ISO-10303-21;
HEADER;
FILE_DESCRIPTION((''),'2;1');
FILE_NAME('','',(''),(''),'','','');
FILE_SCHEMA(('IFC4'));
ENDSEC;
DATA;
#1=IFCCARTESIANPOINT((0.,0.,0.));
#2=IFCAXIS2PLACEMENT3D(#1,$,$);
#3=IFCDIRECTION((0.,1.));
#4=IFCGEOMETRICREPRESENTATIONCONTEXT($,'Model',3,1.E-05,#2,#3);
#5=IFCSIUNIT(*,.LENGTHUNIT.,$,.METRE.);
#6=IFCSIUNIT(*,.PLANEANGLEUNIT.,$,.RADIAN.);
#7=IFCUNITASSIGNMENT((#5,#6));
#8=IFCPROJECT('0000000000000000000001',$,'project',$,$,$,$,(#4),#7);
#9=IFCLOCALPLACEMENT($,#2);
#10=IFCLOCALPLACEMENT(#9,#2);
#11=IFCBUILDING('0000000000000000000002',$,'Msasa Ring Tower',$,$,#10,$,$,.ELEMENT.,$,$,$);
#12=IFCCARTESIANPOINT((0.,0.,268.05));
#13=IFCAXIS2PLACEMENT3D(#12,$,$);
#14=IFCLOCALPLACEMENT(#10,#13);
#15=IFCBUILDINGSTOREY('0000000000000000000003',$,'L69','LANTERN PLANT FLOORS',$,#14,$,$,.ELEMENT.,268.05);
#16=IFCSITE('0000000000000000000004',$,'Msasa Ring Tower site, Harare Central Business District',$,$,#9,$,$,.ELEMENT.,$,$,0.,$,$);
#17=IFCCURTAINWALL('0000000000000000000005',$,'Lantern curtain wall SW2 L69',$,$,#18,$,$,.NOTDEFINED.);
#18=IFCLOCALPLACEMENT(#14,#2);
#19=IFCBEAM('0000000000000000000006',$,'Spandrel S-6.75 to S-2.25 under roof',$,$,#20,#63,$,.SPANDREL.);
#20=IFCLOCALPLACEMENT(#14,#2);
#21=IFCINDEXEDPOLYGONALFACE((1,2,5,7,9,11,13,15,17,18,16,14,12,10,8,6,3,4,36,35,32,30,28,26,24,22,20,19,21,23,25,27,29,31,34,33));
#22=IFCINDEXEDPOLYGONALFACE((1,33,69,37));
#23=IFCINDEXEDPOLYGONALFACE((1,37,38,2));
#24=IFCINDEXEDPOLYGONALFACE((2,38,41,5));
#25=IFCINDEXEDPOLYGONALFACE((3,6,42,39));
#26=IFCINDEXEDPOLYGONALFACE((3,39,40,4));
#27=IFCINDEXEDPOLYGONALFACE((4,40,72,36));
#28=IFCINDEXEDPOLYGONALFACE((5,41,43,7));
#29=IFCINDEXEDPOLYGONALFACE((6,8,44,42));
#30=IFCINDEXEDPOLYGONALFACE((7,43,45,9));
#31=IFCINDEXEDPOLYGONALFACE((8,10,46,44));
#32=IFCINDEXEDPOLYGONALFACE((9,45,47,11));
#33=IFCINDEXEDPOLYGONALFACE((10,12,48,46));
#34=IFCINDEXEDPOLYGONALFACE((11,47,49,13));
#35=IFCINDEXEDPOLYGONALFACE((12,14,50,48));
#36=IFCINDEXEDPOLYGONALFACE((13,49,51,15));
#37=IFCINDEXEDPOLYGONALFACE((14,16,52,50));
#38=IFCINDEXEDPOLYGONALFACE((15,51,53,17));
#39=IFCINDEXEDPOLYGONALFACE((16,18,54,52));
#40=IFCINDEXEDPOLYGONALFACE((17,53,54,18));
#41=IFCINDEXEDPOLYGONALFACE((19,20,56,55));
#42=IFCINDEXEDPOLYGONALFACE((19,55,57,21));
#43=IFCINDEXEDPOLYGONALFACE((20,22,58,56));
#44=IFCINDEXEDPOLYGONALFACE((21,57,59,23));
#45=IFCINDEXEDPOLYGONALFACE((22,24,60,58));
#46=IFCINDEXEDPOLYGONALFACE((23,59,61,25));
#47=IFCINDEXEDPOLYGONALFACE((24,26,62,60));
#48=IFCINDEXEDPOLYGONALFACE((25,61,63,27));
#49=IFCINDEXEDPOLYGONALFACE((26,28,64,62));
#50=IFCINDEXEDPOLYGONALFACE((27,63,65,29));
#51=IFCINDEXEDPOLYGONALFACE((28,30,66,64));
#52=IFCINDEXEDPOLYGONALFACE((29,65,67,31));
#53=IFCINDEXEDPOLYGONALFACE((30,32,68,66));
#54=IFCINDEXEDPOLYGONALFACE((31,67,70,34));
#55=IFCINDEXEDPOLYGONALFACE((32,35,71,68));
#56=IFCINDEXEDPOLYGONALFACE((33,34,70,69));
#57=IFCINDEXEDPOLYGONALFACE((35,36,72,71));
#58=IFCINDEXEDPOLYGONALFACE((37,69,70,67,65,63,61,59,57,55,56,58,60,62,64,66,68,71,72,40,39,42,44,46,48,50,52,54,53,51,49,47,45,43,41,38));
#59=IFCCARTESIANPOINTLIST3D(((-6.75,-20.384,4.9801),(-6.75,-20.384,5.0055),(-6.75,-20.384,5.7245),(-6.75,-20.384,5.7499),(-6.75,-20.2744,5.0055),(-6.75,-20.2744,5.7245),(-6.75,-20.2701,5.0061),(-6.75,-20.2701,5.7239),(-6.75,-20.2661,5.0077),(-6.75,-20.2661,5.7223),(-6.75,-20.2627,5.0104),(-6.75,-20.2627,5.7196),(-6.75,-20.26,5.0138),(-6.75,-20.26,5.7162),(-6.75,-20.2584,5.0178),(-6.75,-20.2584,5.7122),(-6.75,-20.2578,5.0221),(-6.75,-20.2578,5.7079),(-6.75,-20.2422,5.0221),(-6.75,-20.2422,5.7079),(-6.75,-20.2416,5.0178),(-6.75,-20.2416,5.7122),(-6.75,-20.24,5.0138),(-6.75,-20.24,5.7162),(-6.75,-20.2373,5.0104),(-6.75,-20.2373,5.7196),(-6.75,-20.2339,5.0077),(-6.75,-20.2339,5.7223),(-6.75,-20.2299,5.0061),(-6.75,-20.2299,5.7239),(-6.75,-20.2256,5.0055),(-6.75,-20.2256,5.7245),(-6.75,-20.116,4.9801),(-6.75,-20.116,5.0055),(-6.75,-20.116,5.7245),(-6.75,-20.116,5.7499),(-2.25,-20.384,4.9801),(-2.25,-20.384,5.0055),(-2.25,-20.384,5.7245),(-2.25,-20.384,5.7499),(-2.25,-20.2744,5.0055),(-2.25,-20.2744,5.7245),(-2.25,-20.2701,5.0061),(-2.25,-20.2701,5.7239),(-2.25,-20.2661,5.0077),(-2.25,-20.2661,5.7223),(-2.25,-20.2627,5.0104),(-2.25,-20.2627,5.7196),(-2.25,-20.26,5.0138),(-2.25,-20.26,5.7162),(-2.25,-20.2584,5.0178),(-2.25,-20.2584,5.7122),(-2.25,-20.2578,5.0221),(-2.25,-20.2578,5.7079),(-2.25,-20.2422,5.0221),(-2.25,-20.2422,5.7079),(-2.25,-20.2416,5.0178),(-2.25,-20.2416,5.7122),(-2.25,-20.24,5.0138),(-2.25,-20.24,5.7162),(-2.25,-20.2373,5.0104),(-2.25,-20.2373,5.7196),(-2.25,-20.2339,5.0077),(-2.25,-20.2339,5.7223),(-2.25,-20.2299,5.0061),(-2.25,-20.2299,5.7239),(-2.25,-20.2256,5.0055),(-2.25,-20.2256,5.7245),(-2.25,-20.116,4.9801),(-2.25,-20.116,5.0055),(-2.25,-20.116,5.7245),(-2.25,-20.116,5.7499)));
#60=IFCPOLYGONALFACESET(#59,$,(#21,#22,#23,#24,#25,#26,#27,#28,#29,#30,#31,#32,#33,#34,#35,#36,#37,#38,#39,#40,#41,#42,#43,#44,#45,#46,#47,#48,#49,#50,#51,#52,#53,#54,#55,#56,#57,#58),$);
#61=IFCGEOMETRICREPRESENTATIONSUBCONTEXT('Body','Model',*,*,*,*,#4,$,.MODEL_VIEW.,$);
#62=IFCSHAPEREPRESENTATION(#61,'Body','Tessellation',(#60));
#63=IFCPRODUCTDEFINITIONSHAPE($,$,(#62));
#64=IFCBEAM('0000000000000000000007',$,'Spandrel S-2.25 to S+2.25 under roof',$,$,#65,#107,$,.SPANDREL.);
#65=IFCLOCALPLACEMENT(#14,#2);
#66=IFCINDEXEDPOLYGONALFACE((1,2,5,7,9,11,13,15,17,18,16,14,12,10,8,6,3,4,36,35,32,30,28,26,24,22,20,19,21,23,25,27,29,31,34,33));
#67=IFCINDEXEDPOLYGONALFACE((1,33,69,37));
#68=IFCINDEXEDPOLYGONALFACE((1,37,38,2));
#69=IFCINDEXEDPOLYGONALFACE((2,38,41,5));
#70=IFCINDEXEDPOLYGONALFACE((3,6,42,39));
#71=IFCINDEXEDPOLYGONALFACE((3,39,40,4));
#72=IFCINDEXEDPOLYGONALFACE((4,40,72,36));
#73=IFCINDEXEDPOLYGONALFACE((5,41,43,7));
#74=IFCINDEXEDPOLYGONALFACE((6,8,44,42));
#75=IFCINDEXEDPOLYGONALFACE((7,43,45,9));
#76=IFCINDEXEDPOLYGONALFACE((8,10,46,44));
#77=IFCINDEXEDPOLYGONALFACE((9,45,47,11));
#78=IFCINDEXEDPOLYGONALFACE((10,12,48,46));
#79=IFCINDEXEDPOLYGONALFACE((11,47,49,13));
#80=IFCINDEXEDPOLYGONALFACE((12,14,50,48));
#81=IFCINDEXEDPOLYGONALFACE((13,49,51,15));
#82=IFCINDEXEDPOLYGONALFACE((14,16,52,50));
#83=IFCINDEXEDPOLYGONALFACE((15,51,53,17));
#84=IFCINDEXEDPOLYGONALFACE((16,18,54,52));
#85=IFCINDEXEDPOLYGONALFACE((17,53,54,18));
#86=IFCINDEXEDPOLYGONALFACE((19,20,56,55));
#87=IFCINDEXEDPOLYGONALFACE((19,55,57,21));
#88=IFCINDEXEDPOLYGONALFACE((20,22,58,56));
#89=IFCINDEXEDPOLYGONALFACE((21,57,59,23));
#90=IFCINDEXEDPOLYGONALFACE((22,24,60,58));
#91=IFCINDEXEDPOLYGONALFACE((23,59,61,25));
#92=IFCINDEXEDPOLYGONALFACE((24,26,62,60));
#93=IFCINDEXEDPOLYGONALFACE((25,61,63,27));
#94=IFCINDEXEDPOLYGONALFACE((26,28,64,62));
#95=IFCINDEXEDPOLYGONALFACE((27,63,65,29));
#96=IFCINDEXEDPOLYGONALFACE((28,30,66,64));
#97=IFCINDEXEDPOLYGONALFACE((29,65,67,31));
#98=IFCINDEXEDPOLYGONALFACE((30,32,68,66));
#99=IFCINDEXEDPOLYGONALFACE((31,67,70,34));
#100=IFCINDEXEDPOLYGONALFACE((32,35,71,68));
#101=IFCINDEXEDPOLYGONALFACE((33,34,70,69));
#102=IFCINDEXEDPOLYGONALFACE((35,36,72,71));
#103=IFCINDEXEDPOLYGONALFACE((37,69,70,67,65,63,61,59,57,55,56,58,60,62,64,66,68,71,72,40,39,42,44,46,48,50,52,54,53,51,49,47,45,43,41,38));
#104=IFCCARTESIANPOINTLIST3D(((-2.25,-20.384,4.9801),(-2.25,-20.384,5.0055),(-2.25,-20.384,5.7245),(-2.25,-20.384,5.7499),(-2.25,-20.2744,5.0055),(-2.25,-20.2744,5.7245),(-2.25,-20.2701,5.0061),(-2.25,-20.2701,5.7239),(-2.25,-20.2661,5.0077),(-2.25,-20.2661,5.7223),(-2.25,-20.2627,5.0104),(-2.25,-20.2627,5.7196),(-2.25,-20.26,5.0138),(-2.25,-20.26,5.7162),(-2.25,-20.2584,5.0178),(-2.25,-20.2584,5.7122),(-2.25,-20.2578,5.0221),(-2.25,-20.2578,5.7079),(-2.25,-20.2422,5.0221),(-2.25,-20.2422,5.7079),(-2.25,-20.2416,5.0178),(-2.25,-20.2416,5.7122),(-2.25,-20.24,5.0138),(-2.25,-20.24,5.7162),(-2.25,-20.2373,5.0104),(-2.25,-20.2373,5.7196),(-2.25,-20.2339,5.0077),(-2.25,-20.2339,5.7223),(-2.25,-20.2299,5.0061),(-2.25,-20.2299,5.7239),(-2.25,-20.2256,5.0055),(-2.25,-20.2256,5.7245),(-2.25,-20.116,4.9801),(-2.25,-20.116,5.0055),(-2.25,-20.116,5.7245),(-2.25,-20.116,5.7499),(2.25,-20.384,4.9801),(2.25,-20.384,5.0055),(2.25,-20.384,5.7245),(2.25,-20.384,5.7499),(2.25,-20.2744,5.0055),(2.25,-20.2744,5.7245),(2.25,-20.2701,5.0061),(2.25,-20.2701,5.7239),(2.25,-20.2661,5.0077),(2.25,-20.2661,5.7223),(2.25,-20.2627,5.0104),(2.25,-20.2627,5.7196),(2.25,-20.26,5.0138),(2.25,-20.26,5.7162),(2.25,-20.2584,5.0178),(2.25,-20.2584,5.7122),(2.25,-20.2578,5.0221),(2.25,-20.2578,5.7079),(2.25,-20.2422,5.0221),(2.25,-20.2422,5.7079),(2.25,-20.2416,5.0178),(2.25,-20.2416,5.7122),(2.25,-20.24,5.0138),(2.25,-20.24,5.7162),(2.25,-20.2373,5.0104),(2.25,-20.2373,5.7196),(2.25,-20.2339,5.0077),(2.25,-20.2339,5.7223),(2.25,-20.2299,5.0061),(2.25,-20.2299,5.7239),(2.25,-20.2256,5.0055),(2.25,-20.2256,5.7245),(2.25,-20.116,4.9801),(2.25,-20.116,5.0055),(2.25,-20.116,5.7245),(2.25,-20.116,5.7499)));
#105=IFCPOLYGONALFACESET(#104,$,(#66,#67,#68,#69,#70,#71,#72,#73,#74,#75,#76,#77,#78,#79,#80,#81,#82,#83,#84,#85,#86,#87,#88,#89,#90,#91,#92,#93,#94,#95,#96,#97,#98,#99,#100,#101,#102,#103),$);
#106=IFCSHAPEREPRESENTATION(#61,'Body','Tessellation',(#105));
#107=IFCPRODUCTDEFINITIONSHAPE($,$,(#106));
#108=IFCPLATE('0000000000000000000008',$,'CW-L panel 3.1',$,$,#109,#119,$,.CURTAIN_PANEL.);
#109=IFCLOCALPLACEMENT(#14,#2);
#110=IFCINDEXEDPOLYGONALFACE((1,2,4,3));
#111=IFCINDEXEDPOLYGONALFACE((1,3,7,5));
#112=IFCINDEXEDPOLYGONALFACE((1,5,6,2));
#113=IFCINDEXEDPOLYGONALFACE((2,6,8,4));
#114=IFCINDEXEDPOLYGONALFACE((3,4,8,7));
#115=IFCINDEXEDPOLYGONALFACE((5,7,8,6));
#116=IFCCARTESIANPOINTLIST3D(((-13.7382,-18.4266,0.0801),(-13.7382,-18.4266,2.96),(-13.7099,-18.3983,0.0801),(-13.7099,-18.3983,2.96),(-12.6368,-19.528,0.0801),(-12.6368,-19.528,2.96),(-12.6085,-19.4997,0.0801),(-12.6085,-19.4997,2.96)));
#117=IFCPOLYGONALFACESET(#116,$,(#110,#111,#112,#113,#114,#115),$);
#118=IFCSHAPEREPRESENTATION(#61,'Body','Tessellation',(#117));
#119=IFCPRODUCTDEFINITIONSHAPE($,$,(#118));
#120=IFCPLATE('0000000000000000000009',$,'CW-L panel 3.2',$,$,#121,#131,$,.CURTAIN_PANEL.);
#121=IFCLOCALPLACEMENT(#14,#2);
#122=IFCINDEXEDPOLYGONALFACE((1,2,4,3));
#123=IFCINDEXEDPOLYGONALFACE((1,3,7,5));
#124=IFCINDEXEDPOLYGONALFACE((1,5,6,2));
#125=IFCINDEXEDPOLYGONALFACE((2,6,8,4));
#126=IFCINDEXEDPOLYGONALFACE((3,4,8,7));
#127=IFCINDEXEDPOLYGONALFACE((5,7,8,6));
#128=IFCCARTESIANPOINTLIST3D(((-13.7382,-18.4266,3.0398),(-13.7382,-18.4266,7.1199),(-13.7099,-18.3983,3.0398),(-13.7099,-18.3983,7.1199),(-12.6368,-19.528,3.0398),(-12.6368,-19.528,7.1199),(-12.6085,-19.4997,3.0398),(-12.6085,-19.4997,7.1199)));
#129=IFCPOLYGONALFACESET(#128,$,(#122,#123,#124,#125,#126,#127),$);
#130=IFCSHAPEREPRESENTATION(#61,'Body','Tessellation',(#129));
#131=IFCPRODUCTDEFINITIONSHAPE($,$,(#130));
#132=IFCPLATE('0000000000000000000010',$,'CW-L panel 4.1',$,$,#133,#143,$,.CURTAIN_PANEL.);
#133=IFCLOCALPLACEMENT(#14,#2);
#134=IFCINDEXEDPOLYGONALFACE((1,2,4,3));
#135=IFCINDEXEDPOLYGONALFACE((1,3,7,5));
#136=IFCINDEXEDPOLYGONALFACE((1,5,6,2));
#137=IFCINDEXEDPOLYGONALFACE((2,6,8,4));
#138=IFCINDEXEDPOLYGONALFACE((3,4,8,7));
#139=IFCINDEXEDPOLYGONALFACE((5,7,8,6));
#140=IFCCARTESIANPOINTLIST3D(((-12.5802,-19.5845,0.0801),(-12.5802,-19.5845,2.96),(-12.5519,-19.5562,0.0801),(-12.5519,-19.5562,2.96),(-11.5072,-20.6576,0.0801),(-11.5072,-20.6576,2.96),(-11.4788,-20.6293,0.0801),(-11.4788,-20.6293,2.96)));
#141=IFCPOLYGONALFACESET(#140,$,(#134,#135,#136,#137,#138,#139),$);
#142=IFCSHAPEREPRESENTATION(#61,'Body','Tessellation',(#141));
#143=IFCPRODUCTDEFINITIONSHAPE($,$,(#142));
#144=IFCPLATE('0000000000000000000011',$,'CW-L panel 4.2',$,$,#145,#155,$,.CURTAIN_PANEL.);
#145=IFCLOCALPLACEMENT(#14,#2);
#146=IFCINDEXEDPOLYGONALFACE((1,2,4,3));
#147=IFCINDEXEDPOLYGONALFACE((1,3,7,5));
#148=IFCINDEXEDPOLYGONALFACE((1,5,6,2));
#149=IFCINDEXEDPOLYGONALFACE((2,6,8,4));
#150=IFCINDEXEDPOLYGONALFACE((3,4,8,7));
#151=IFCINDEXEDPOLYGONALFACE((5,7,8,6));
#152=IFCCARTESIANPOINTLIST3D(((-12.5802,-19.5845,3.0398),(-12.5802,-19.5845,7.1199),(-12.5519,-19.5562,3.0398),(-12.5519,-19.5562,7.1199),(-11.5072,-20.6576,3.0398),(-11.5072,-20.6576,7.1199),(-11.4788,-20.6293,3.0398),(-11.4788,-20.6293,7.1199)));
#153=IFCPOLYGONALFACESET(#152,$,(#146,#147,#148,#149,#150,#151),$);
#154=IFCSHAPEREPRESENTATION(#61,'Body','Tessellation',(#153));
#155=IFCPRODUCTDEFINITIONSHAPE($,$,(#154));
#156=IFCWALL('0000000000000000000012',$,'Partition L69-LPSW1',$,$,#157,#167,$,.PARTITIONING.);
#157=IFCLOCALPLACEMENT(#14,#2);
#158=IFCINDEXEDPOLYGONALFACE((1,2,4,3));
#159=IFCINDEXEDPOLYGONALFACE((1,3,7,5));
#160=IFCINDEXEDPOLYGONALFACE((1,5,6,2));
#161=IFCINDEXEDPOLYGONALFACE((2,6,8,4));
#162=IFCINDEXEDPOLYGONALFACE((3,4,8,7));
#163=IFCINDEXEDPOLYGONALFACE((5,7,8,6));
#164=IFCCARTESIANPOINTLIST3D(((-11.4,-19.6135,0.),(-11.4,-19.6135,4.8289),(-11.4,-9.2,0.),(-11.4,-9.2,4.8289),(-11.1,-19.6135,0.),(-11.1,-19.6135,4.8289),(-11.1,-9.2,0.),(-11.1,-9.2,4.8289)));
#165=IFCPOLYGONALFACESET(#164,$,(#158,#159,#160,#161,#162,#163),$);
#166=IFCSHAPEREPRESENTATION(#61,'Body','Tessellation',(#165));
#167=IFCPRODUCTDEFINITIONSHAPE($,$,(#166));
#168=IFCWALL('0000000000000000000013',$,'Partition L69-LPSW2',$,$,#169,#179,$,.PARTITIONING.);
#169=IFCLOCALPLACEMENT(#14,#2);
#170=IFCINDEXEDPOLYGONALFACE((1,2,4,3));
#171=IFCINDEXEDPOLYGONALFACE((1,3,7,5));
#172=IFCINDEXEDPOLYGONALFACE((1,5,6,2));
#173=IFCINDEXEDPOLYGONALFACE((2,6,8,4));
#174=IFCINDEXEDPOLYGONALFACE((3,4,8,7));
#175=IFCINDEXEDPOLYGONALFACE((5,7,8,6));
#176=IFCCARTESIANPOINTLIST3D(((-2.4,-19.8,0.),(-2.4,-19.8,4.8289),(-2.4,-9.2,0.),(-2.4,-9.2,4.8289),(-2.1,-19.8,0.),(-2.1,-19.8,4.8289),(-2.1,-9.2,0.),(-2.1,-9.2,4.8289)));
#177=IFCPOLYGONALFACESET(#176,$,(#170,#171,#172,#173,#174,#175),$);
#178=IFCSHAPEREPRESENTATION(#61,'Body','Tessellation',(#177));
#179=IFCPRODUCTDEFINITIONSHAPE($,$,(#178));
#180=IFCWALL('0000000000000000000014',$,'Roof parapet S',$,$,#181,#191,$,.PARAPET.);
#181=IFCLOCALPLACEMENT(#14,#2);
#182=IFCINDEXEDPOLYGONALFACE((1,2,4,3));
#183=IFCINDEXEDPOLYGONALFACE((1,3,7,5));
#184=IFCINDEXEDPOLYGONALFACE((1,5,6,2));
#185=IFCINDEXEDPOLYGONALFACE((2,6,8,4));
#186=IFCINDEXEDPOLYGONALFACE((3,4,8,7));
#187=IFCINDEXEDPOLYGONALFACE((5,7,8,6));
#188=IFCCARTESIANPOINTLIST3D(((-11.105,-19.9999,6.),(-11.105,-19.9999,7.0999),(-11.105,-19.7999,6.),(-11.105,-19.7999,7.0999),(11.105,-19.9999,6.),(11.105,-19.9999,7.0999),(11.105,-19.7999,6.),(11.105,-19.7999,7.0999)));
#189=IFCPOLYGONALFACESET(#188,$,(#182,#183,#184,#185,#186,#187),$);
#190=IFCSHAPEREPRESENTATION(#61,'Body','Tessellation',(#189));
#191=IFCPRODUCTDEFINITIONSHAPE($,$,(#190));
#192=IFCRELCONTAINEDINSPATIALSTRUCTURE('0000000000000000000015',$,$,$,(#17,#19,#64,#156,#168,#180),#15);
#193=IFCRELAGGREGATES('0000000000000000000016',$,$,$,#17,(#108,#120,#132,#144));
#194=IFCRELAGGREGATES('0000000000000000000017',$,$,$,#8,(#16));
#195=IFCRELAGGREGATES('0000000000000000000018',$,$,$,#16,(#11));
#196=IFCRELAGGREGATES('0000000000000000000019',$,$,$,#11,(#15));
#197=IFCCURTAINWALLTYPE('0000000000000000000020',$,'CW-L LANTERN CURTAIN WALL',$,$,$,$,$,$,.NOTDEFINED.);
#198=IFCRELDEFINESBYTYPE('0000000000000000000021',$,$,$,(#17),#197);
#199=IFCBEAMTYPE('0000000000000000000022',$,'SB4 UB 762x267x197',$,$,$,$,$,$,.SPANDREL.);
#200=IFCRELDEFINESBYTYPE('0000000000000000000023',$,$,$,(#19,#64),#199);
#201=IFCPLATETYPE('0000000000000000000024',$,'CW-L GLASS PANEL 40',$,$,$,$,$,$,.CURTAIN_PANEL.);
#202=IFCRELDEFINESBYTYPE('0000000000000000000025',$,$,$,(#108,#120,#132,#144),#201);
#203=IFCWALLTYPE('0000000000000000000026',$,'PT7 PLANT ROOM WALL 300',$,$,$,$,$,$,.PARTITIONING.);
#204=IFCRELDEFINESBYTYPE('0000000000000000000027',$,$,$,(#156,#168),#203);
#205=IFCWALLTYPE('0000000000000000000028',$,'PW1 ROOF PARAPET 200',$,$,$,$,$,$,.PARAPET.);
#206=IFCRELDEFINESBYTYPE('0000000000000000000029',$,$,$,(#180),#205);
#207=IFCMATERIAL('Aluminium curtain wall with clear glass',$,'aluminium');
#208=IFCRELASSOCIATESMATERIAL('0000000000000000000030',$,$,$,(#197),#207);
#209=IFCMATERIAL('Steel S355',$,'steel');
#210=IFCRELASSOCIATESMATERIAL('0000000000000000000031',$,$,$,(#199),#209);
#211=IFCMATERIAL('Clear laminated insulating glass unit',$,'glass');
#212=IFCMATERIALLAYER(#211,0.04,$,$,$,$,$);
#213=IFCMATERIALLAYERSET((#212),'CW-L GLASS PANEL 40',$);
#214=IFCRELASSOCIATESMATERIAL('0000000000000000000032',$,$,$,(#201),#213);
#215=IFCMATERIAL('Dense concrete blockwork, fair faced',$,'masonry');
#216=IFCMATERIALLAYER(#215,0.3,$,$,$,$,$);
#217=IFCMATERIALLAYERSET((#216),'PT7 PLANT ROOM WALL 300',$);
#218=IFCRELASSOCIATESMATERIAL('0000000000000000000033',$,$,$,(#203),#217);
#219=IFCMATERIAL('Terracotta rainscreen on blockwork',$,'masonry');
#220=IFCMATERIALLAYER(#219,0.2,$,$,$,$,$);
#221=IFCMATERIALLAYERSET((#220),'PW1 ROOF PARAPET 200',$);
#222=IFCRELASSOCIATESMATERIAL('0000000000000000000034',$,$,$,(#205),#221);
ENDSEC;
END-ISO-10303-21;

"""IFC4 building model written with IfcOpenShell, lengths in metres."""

from ifc_helpers import new_model, si_unit, direction, frame, frame_2d, origin, origin_2d, place, context, subcontext, project, spatial, rectangle, i_section, extrude, material, layer, layer_set, material_profile, profile_set, type_object, element, aggregate, save


model = new_model("IFC4")

# Units and contexts
model_context = context("Model", 3, precision=1e-05, world=origin(), true_north=direction((0.0, 1.0)))
body_context = subcontext(model_context, "Body", "Model", "MODEL_VIEW")
ifc_project = project(units=[si_unit("LENGTHUNIT", "METRE"), si_unit("PLANEANGLEUNIT", "RADIAN")], contexts=[model_context])

# Site, building, storey
site_placement = place(None, origin())
site = spatial("IfcSite", under=ifc_project, at=site_placement, Name="Msasa Ring Tower site, Harare Central Business District", CompositionType="ELEMENT", RefElevation=0.0)
building_placement = place(site_placement, origin())
building = spatial("IfcBuilding", under=site, at=building_placement, Name="Msasa Ring Tower", CompositionType="ELEMENT")
storey_placement = place(building_placement, frame((0.0, 0.0, 268.05)))
storey = spatial("IfcBuildingStorey", under=building, at=storey_placement, Name="L69", Description="LANTERN PLANT FLOORS", CompositionType="ELEMENT", Elevation=268.05)

# Curtain wall
ifc_material_1 = material(Name="Aluminium curtain wall with clear glass", Category="aluminium")
curtain_wall_type = type_object("IfcCurtainWallType", Name="CW-L LANTERN CURTAIN WALL", PredefinedType="NOTDEFINED", material=ifc_material_1)
curtain_wall_placement = place(storey_placement, origin())
curtain_wall = element("IfcCurtainWall", 1, at=curtain_wall_placement, inside=storey, type_object=curtain_wall_type, Name="Lantern curtain wall SW2 L69", PredefinedType="NOTDEFINED")

# Beams
ifc_material_2 = material(Name="Steel S355", Category="steel")
ifc_material_profile_1 = material_profile(ifc_material_2, i_section(OverallWidth=0.2681, OverallDepth=0.7698, WebThickness=0.0156, FlangeThickness=0.0254, FilletRadius=0.0166, at=origin_2d()), Name="UB 762x267x197")
ifc_profile_set_1 = profile_set([ifc_material_profile_1], Name="Steel S355")
beam_type_1 = type_object("IfcBeamType", Name="SB4 UB 762x267x197", PredefinedType="SPANDREL", material=ifc_profile_set_1)
for number, where, z_axis, x_axis, name in (
    (2, (-6.75, -20.25, 5.365), (1.0, 0.0, 0.0), (0.0, 1.0, 0.0), "Spandrel S-6.75 to S-2.25 under roof"),
    (3, (-2.25, -20.25, 5.365), (1.0, 0.0, 0.0), (0.0, 1.0, 0.0), "Spandrel S-2.25 to S+2.25 under roof"),
):
    element("IfcBeam", number, at=place(storey_placement, frame(where, z_axis=z_axis, x_axis=x_axis)), inside=storey, type_object=beam_type_1, Name=name, PredefinedType="SPANDREL", context=body_context, shape_type="SweptSolid", body=[
        extrude(i_section(OverallWidth=0.2681, OverallDepth=0.7698, WebThickness=0.0156, FlangeThickness=0.0254, FilletRadius=0.0166, at=origin_2d()), origin(), (0.0, 0.0, 1.0), 4.5),
    ])

# Plates
ifc_material_3 = material(Name="Clear laminated insulating glass unit", Category="glass")
ifc_layer_1 = layer(ifc_material_3, 0.04)
ifc_layer_set_1 = layer_set([ifc_layer_1], Name="CW-L GLASS PANEL 40")
plate_type = type_object("IfcPlateType", Name="CW-L GLASS PANEL 40", PredefinedType="CURTAIN_PANEL", material=ifc_layer_set_1)
plate_1_placement = place(storey_placement, frame((-13.1733, -18.9631, 0.0801), z_axis=(0.0, 0.0, 1.0), x_axis=(0.707107, -0.707107, 0.0)))
plate_1 = element("IfcPlate", 4, at=plate_1_placement, type_object=plate_type, Name="CW-L panel 3.1", PredefinedType="CURTAIN_PANEL", context=body_context, shape_type="SweptSolid", body=[
    extrude(rectangle(XDim=1.5576, YDim=0.04, at=origin_2d()), origin(), (0.0, 0.0, 1.0), 2.8799),
])
plate_2_placement = place(storey_placement, frame((-13.1733, -18.9631, 3.0398), z_axis=(0.0, 0.0, 1.0), x_axis=(0.707107, -0.707107, 0.0)))
plate_2 = element("IfcPlate", 5, at=plate_2_placement, type_object=plate_type, Name="CW-L panel 3.2", PredefinedType="CURTAIN_PANEL", context=body_context, shape_type="SweptSolid", body=[
    extrude(rectangle(XDim=1.5576, YDim=0.04, at=origin_2d()), origin(), (0.0, 0.0, 1.0), 4.0801),
])
plate_3_placement = place(storey_placement, frame((-12.0295, -20.1069, 0.0801), z_axis=(0.0, 0.0, 1.0), x_axis=(0.707107, -0.707107, 0.0)))
plate_3 = element("IfcPlate", 6, at=plate_3_placement, type_object=plate_type, Name="CW-L panel 4.1", PredefinedType="CURTAIN_PANEL", context=body_context, shape_type="SweptSolid", body=[
    extrude(rectangle(XDim=1.5176, YDim=0.04, at=origin_2d()), origin(), (0.0, 0.0, 1.0), 2.8799),
])
plate_4_placement = place(storey_placement, frame((-12.0295, -20.1069, 3.0398), z_axis=(0.0, 0.0, 1.0), x_axis=(0.707107, -0.707107, 0.0)))
plate_4 = element("IfcPlate", 7, at=plate_4_placement, type_object=plate_type, Name="CW-L panel 4.2", PredefinedType="CURTAIN_PANEL", context=body_context, shape_type="SweptSolid", body=[
    extrude(rectangle(XDim=1.5176, YDim=0.04, at=origin_2d()), origin(), (0.0, 0.0, 1.0), 4.0801),
])
aggregate(curtain_wall, [plate_1, plate_2, plate_3, plate_4])

# Walls
ifc_material_4 = material(Name="Dense concrete blockwork, fair faced", Category="masonry")
ifc_layer_2 = layer(ifc_material_4, 0.3)
ifc_layer_set_2 = layer_set([ifc_layer_2], Name="PT7 PLANT ROOM WALL 300")
wall_type_1 = type_object("IfcWallType", Name="PT7 PLANT ROOM WALL 300", PredefinedType="PARTITIONING", material=ifc_layer_set_2)
wall_1_placement = place(storey_placement, frame((-11.25, -19.6135, 0.0), z_axis=(0.0, 0.0, 1.0), x_axis=(0.0, 1.0, 0.0)))
element("IfcWall", 8, at=wall_1_placement, inside=storey, type_object=wall_type_1, Name="Partition L69-LPSW1", PredefinedType="PARTITIONING", context=body_context, shape_type="SweptSolid", body=[
    extrude(rectangle(XDim=10.4136, YDim=0.3, at=frame_2d((5.2068, 0.0))), origin(), (0.0, 0.0, 1.0), 4.8289),
])
wall_2_placement = place(storey_placement, frame((-2.25, -19.8, 0.0), z_axis=(0.0, 0.0, 1.0), x_axis=(0.0, 1.0, 0.0)))
element("IfcWall", 9, at=wall_2_placement, inside=storey, type_object=wall_type_1, Name="Partition L69-LPSW2", PredefinedType="PARTITIONING", context=body_context, shape_type="SweptSolid", body=[
    extrude(rectangle(XDim=10.6001, YDim=0.3, at=frame_2d((5.3, 0.0))), origin(), (0.0, 0.0, 1.0), 4.8289),
])
ifc_material_5 = material(Name="Terracotta rainscreen on blockwork", Category="masonry")
ifc_layer_3 = layer(ifc_material_5, 0.2)
ifc_layer_set_3 = layer_set([ifc_layer_3], Name="PW1 ROOF PARAPET 200")
wall_type_2 = type_object("IfcWallType", Name="PW1 ROOF PARAPET 200", PredefinedType="PARAPET", material=ifc_layer_set_3)
wall_3_placement = place(storey_placement, frame((-11.105, -19.8999, 6.0), z_axis=(0.0, 0.0, 1.0), x_axis=(1.0, 0.0, 0.0)))
element("IfcWall", 10, at=wall_3_placement, inside=storey, type_object=wall_type_2, Name="Roof parapet S", PredefinedType="PARAPET", context=body_context, shape_type="SweptSolid", body=[
    extrude(rectangle(XDim=22.21, YDim=0.2, at=frame_2d((11.105, 0.0))), origin(), (0.0, 0.0, 1.0), 1.0999),
])

save(model, "model.ifc")
